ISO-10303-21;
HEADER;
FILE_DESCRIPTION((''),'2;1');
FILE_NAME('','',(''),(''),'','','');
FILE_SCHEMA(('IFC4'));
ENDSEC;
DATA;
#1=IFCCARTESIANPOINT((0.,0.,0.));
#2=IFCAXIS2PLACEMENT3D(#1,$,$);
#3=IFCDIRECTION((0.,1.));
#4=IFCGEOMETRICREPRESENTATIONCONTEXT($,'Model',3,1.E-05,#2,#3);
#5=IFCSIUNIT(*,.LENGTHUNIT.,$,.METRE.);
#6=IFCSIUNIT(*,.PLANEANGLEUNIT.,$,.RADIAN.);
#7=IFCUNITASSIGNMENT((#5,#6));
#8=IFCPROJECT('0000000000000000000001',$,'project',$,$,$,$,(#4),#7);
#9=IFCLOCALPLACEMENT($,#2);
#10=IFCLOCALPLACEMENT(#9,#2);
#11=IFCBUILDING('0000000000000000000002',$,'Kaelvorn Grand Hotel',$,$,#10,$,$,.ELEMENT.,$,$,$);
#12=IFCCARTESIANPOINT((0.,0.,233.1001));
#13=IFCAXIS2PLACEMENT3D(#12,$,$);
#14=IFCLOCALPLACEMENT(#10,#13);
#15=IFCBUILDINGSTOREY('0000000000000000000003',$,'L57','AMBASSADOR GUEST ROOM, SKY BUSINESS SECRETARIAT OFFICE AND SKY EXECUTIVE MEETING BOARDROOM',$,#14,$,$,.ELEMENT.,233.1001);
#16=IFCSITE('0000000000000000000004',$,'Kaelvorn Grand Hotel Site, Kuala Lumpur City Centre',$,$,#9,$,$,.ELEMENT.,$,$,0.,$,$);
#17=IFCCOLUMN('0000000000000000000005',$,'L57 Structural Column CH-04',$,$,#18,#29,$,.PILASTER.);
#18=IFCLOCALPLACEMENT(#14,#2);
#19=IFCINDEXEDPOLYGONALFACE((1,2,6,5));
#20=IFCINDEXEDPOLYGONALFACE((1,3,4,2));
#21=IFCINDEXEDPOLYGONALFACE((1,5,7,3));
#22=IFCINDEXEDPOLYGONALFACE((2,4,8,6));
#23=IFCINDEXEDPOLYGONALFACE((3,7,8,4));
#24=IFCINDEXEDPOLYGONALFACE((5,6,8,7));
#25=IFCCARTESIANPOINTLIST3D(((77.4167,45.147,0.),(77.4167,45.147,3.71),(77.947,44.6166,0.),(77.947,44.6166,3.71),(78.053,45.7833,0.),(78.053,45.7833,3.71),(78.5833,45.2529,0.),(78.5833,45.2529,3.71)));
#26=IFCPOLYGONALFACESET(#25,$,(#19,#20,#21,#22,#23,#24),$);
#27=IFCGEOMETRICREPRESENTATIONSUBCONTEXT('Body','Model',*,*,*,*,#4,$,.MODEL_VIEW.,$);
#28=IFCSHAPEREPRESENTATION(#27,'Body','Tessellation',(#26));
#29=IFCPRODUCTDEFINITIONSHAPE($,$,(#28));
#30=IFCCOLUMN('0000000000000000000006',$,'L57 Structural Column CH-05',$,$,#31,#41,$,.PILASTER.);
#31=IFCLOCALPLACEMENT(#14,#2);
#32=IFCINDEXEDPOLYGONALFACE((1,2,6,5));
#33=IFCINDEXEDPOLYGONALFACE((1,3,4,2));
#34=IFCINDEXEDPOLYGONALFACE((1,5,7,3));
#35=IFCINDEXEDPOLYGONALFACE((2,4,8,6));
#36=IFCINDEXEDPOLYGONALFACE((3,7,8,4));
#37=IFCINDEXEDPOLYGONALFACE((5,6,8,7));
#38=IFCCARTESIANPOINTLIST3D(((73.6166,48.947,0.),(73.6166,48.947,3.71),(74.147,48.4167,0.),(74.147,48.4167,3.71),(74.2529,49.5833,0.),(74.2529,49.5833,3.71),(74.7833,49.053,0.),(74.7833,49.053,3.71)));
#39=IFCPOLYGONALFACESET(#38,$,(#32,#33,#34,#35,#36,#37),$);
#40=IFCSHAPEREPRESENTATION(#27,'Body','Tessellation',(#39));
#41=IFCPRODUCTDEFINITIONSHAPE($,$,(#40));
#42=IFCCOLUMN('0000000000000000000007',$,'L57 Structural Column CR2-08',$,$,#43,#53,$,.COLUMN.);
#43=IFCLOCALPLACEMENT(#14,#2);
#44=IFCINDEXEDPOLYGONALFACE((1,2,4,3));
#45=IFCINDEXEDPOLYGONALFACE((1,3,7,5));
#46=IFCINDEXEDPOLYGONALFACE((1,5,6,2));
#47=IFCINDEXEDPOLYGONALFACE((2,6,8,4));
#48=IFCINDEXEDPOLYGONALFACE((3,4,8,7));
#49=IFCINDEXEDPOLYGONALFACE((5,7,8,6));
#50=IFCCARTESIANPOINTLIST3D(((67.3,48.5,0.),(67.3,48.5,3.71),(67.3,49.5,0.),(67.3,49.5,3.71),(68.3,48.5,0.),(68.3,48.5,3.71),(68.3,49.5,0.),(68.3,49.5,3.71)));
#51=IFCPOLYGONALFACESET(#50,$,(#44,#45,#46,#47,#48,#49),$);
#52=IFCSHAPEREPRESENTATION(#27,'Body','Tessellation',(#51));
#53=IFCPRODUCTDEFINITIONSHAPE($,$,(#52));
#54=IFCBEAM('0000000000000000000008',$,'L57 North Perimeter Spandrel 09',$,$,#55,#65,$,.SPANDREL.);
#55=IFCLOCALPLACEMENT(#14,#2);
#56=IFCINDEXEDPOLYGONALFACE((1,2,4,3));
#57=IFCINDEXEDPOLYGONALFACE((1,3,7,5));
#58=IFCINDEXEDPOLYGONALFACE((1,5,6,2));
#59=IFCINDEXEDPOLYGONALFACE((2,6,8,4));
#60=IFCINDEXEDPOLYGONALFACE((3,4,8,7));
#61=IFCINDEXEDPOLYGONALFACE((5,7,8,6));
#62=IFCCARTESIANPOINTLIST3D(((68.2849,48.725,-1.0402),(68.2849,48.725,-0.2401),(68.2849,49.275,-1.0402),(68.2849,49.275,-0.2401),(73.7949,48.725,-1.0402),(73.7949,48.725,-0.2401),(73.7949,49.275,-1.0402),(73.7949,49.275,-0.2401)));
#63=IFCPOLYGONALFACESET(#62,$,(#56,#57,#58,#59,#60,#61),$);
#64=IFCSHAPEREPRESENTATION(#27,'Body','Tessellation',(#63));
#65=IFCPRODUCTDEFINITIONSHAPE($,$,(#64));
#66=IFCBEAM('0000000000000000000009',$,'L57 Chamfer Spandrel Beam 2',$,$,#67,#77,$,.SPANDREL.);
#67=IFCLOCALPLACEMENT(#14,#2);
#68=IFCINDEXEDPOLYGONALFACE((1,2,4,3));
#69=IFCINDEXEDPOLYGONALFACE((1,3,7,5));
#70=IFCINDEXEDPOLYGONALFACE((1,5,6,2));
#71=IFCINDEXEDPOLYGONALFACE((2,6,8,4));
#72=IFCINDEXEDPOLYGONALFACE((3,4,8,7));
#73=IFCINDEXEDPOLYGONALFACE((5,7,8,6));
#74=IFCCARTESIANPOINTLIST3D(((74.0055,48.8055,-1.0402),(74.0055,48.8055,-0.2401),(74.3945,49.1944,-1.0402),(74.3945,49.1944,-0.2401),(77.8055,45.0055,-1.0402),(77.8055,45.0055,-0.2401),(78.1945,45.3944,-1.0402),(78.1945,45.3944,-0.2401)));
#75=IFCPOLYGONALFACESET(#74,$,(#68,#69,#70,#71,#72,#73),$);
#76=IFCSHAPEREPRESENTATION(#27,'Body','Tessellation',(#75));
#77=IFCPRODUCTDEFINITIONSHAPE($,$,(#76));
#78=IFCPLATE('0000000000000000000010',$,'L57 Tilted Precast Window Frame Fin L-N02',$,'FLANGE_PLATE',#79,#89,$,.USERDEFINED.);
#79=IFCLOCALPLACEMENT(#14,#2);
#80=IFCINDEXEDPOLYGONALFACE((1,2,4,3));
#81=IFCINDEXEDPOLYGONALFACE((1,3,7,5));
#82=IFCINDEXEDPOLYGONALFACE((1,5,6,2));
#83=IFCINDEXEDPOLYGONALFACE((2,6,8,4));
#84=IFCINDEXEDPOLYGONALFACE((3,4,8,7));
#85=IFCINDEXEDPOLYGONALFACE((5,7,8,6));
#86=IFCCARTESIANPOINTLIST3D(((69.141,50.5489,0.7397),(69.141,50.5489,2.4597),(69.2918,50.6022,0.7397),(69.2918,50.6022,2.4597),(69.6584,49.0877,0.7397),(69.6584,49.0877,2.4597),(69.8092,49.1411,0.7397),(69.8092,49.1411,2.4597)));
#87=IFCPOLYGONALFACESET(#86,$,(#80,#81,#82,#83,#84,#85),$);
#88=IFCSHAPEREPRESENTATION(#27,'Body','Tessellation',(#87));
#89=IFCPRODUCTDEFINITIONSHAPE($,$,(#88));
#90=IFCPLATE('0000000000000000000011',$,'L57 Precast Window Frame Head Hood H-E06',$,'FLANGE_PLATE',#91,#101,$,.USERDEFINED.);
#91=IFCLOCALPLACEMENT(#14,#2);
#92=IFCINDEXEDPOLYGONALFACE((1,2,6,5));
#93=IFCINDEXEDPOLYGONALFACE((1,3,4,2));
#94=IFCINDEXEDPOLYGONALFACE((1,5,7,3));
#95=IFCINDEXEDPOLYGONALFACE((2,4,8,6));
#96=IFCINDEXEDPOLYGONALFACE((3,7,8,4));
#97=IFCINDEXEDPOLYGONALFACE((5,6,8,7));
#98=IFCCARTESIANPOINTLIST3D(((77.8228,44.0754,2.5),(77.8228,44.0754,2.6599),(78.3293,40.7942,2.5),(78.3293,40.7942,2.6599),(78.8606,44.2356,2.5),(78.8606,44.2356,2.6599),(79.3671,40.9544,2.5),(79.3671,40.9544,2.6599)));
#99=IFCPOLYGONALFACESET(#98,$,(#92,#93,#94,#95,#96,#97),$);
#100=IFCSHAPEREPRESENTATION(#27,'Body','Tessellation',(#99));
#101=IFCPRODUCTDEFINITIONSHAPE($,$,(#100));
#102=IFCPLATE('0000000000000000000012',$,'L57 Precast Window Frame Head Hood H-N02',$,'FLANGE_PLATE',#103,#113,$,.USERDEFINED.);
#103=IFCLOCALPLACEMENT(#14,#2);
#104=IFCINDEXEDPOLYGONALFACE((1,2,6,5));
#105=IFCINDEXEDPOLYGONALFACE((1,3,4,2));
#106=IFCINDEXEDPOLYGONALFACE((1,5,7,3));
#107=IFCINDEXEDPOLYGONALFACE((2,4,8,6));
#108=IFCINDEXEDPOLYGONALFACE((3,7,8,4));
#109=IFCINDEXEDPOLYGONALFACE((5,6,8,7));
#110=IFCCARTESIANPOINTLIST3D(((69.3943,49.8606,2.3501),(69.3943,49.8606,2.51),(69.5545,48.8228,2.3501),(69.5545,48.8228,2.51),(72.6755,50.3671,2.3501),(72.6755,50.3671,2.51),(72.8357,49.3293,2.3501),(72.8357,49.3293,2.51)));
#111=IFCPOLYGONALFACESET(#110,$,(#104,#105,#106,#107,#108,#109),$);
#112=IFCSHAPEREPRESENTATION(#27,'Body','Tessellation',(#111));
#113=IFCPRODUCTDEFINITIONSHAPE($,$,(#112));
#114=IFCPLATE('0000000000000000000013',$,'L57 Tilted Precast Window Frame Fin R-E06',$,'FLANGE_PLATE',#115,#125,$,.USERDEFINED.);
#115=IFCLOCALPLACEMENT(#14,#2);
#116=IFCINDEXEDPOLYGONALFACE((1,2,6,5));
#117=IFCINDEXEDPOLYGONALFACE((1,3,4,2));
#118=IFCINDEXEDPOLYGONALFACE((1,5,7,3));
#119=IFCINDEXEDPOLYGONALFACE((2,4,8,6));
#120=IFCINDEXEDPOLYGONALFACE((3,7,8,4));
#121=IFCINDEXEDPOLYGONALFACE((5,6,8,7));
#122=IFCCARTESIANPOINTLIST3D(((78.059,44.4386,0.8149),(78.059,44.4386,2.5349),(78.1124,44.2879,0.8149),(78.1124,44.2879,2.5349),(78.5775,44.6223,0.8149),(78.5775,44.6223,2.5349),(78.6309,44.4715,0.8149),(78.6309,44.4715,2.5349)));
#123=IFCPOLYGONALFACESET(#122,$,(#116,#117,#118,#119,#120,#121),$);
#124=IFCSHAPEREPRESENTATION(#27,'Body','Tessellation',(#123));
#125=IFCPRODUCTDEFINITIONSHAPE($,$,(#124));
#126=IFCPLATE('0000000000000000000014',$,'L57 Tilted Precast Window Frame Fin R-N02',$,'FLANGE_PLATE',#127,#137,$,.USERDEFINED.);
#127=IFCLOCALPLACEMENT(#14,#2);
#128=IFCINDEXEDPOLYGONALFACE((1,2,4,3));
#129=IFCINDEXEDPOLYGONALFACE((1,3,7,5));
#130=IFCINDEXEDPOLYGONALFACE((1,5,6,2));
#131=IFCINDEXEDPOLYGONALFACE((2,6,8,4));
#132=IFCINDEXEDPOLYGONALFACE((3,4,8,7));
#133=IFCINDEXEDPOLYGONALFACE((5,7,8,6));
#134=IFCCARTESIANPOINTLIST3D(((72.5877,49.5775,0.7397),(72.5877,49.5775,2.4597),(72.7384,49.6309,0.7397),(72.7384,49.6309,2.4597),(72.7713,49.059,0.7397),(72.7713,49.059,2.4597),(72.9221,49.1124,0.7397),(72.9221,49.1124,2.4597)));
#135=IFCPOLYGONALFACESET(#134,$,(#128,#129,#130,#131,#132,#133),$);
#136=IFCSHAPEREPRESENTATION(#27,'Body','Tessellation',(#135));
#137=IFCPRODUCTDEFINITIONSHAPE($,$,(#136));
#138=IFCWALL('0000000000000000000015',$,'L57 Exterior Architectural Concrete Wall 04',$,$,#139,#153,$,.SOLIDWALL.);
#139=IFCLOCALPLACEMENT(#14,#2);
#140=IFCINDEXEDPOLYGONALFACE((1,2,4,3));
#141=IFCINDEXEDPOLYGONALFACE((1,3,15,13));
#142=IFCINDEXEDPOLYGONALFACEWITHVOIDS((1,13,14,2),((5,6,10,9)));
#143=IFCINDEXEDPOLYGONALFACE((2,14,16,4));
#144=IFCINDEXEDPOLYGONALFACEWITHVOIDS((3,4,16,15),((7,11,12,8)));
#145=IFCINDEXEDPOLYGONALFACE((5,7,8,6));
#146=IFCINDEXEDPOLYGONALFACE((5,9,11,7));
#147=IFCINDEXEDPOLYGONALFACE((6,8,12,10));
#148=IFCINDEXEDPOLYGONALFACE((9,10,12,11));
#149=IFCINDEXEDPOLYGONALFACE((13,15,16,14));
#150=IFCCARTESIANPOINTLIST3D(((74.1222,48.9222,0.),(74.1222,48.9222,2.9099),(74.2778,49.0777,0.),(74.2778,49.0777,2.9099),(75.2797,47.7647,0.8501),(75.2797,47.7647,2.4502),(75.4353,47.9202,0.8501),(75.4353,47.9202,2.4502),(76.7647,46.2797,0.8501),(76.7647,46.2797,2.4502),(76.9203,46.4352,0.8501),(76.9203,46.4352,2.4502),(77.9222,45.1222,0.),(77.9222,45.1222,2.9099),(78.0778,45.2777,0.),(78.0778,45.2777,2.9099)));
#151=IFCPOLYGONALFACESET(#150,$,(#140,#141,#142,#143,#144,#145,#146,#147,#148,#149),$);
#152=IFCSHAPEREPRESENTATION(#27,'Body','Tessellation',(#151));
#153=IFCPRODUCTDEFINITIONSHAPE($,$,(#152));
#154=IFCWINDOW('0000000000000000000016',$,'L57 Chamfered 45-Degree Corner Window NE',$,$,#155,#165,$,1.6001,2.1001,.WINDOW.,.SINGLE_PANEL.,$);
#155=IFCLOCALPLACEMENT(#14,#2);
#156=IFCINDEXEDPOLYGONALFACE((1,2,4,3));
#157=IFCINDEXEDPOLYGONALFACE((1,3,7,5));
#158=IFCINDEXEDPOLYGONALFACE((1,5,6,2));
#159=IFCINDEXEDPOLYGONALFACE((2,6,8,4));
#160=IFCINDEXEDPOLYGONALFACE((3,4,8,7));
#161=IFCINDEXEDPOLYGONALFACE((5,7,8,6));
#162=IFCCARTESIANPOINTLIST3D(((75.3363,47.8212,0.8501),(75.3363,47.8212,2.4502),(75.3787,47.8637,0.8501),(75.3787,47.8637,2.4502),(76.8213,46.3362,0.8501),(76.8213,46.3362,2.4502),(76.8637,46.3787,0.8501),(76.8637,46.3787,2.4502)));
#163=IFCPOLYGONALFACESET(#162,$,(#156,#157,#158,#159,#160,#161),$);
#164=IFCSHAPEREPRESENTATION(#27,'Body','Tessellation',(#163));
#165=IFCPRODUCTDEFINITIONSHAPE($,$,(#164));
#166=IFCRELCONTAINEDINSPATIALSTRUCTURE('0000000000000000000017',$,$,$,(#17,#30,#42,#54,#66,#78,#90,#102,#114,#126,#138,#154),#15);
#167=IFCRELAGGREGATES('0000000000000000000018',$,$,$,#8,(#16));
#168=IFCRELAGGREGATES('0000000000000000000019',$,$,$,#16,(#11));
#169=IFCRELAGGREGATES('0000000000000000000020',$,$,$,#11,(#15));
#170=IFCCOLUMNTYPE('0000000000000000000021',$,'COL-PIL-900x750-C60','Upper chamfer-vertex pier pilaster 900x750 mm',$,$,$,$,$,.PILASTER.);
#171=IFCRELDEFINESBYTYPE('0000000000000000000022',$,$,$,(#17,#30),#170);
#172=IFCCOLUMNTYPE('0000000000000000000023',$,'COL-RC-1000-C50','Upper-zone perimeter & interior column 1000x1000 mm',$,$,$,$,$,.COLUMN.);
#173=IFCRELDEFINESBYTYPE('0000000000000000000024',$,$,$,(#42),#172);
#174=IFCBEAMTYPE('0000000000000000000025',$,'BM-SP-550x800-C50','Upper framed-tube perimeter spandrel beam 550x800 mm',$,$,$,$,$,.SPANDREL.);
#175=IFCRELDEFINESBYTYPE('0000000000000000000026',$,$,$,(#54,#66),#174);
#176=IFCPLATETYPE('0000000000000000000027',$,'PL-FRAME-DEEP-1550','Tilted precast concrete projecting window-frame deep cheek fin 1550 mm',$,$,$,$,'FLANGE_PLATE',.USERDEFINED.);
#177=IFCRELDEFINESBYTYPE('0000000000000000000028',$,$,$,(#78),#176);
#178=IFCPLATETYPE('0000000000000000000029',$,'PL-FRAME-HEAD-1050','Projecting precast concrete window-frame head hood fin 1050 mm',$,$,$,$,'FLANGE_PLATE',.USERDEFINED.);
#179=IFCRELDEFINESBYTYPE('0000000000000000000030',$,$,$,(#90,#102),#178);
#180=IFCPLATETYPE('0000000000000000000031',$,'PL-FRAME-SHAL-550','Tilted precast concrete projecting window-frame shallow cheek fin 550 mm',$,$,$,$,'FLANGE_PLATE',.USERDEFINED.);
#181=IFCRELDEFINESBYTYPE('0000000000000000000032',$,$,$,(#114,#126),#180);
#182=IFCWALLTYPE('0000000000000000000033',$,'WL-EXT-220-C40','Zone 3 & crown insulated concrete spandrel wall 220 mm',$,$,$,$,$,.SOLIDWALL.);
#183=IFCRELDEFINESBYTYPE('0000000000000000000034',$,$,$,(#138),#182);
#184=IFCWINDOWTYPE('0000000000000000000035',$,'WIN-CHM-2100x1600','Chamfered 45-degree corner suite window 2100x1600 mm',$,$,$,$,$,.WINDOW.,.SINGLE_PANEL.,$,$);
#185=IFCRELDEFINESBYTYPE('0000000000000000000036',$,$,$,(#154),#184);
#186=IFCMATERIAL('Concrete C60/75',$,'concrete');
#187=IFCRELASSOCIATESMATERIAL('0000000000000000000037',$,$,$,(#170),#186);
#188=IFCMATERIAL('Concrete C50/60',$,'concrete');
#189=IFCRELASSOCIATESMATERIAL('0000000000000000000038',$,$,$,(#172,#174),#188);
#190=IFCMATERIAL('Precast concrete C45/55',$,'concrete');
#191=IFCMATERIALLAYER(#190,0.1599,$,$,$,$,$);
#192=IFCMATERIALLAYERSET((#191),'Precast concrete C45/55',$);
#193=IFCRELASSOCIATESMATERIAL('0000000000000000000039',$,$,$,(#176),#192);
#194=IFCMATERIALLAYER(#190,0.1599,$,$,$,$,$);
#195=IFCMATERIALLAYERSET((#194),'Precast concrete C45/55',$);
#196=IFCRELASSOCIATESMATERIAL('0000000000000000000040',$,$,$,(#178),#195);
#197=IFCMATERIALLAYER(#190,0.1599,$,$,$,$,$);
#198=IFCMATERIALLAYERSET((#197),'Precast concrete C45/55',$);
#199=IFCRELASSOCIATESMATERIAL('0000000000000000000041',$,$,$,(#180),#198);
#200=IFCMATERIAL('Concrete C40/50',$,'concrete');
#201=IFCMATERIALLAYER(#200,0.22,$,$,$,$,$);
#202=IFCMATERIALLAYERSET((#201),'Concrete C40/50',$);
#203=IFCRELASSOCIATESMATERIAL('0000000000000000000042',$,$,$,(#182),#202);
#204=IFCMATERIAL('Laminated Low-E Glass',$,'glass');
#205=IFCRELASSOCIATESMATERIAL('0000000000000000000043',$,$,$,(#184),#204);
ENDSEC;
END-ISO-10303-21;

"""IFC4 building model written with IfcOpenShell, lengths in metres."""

from ifc_helpers import new_model, si_unit, direction, frame, frame_2d, origin, origin_2d, place, context, subcontext, project, spatial, rectangle, extrude, material, layer, layer_set, material_profile, profile_set, type_object, element, fill, save


model = new_model("IFC4")

# Units and contexts
model_context = context("Model", 3, precision=1e-05, world=origin(), true_north=direction((0.0, 1.0)))
body_context = subcontext(model_context, "Body", "Model", "MODEL_VIEW")
ifc_project = project(units=[si_unit("LENGTHUNIT", "METRE"), si_unit("PLANEANGLEUNIT", "RADIAN")], contexts=[model_context])

# Site, building, storey
site_placement = place(None, origin())
site = spatial("IfcSite", under=ifc_project, at=site_placement, Name="Kaelvorn Grand Hotel Site, Kuala Lumpur City Centre", CompositionType="ELEMENT", RefElevation=0.0)
building_placement = place(site_placement, origin())
building = spatial("IfcBuilding", under=site, at=building_placement, Name="Kaelvorn Grand Hotel", CompositionType="ELEMENT")
storey_placement = place(building_placement, frame((0.0, 0.0, 233.1001)))
storey = spatial("IfcBuildingStorey", under=building, at=storey_placement, Name="L57", Description="AMBASSADOR GUEST ROOM, SKY BUSINESS SECRETARIAT OFFICE AND SKY EXECUTIVE MEETING BOARDROOM", CompositionType="ELEMENT", Elevation=233.1001)

# Columns
ifc_material_1 = material(Name="Concrete C60/75", Category="concrete")
ifc_material_profile_1 = material_profile(ifc_material_1, rectangle(XDim=0.8999, YDim=0.75, at=origin_2d()), Name="RC PILASTER 900x750")
ifc_profile_set_1 = profile_set([ifc_material_profile_1], Name="Concrete C60/75")
column_type_1 = type_object("IfcColumnType", Name="COL-PIL-900x750-C60", Description="Upper chamfer-vertex pier pilaster 900x750 mm", PredefinedType="PILASTER", material=ifc_profile_set_1)
for number, where, z_axis, x_axis, name in (
    (1, (78.0, 45.2, 0.0), (0.0, 0.0, 1.0), (0.707107, 0.707107, 0.0), "L57 Structural Column CH-04"),
    (2, (74.2, 49.0, 0.0), (0.0, 0.0, 1.0), (0.707107, 0.707107, 0.0), "L57 Structural Column CH-05"),
):
    element("IfcColumn", number, at=place(storey_placement, frame(where, z_axis=z_axis, x_axis=x_axis)), inside=storey, type_object=column_type_1, Name=name, PredefinedType="PILASTER", context=body_context, shape_type="SweptSolid", body=[
        extrude(rectangle(XDim=0.8999, YDim=0.75, at=origin_2d()), origin(), (0.0, 0.0, 1.0), 3.71),
    ])
ifc_material_2 = material(Name="Concrete C50/60", Category="concrete")
ifc_material_profile_2 = material_profile(ifc_material_2, rectangle(XDim=1.0, YDim=1.0, at=origin_2d()), Name="RC COL 1000x1000")
ifc_profile_set_2 = profile_set([ifc_material_profile_2], Name="Concrete C50/60")
column_type_2 = type_object("IfcColumnType", Name="COL-RC-1000-C50", Description="Upper-zone perimeter & interior column 1000x1000 mm", PredefinedType="COLUMN", material=ifc_profile_set_2)
column_placement = place(storey_placement, frame((67.8, 49.0, 0.0), z_axis=(0.0, 0.0, 1.0), x_axis=(1.0, 0.0, 0.0)))
element("IfcColumn", 3, at=column_placement, inside=storey, type_object=column_type_2, Name="L57 Structural Column CR2-08", PredefinedType="COLUMN", context=body_context, shape_type="SweptSolid", body=[
    extrude(rectangle(XDim=1.0, YDim=1.0, at=origin_2d()), origin(), (0.0, 0.0, 1.0), 3.71),
])

# Beams
ifc_material_profile_3 = material_profile(ifc_material_2, rectangle(XDim=0.55, YDim=0.8, at=origin_2d()), Name="RC SPANDREL 550x800")
ifc_profile_set_3 = profile_set([ifc_material_profile_3], Name="Concrete C50/60")
beam_type = type_object("IfcBeamType", Name="BM-SP-550x800-C50", Description="Upper framed-tube perimeter spandrel beam 550x800 mm", PredefinedType="SPANDREL", material=ifc_profile_set_3)
beam_1_placement = place(storey_placement, frame((68.2849, 49.0, -0.6401), z_axis=(1.0, 0.0, 0.0), x_axis=(0.0, 1.0, 0.0)))
element("IfcBeam", 4, at=beam_1_placement, inside=storey, type_object=beam_type, Name="L57 North Perimeter Spandrel 09", PredefinedType="SPANDREL", context=body_context, shape_type="SweptSolid", body=[
    extrude(rectangle(XDim=0.55, YDim=0.8, at=origin_2d()), origin(), (0.0, 0.0, 1.0), 5.51),
])
beam_2_placement = place(storey_placement, frame((78.0, 45.2, -0.6401), z_axis=(-0.707107, 0.707107, 0.0), x_axis=(-0.707107, -0.707107, 0.0)))
element("IfcBeam", 5, at=beam_2_placement, inside=storey, type_object=beam_type, Name="L57 Chamfer Spandrel Beam 2", PredefinedType="SPANDREL", context=body_context, shape_type="SweptSolid", body=[
    extrude(rectangle(XDim=0.55, YDim=0.8, at=origin_2d()), origin(), (0.0, 0.0, 1.0), 5.374),
])

# Plates
ifc_material_3 = material(Name="Precast concrete C45/55", Category="concrete")
ifc_layer_1 = layer(ifc_material_3, 0.1599)
ifc_layer_set_1 = layer_set([ifc_layer_1], Name="Precast concrete C45/55")
plate_type_1 = type_object("IfcPlateType", Name="PL-FRAME-DEEP-1550", Description="Tilted precast concrete projecting window-frame deep cheek fin 1550 mm", ElementType="FLANGE_PLATE", PredefinedType="USERDEFINED", material=ifc_layer_set_1)
plate_placement = place(storey_placement, frame((69.4751, 49.845, 0.7397), z_axis=(0.0, 0.0, 1.0), x_axis=(0.942641, 0.333807, 0.0)))
element("IfcPlate", 6, at=plate_placement, inside=storey, type_object=plate_type_1, Name="L57 Tilted Precast Window Frame Fin L-N02", ObjectType="FLANGE_PLATE", PredefinedType="USERDEFINED", context=body_context, shape_type="SweptSolid", body=[
    extrude(rectangle(XDim=0.1599, YDim=1.55, at=origin_2d()), origin(), (0.0, 0.0, 1.0), 1.72),
])
ifc_layer_2 = layer(ifc_material_3, 0.1599)
ifc_layer_set_2 = layer_set([ifc_layer_2], Name="Precast concrete C45/55")
plate_type_2 = type_object("IfcPlateType", Name="PL-FRAME-HEAD-1050", Description="Projecting precast concrete window-frame head hood fin 1050 mm", ElementType="FLANGE_PLATE", PredefinedType="USERDEFINED", material=ifc_layer_set_2)
for number, where, z_axis, x_axis, name in (
    (7, (78.595, 42.5149, 2.5), (0.0, 0.0, 1.0), (-0.152555, 0.988295, 0.0), "L57 Precast Window Frame Head Hood H-E06"),
    (8, (71.115, 49.595, 2.3501), (0.0, 0.0, 1.0), (0.988295, 0.152555, 0.0), "L57 Precast Window Frame Head Hood H-N02"),
):
    element("IfcPlate", number, at=place(storey_placement, frame(where, z_axis=z_axis, x_axis=x_axis)), inside=storey, type_object=plate_type_2, Name=name, ObjectType="FLANGE_PLATE", PredefinedType="USERDEFINED", context=body_context, shape_type="SweptSolid", body=[
        extrude(rectangle(XDim=3.3201, YDim=1.05, at=origin_2d()), origin(), (0.0, 0.0, 1.0), 0.1599),
    ])
ifc_layer_3 = layer(ifc_material_3, 0.1599)
ifc_layer_set_3 = layer_set([ifc_layer_3], Name="Precast concrete C45/55")
plate_type_3 = type_object("IfcPlateType", Name="PL-FRAME-SHAL-550", Description="Tilted precast concrete projecting window-frame shallow cheek fin 550 mm", ElementType="FLANGE_PLATE", PredefinedType="USERDEFINED", material=ifc_layer_set_3)
for number, where, z_axis, x_axis, name in (
    (9, (78.345, 44.4551, 0.8149), (0.0, 0.0, 1.0), (-0.333807, 0.942641, 0.0), "L57 Tilted Precast Window Frame Fin R-E06"),
    (10, (72.7549, 49.345, 0.7397), (0.0, 0.0, 1.0), (0.942641, 0.333807, 0.0), "L57 Tilted Precast Window Frame Fin R-N02"),
):
    element("IfcPlate", number, at=place(storey_placement, frame(where, z_axis=z_axis, x_axis=x_axis)), inside=storey, type_object=plate_type_3, Name=name, ObjectType="FLANGE_PLATE", PredefinedType="USERDEFINED", context=body_context, shape_type="SweptSolid", body=[
        extrude(rectangle(XDim=0.1599, YDim=0.55, at=origin_2d()), origin(), (0.0, 0.0, 1.0), 1.72),
    ])

# Wall, opening, window
ifc_material_4 = material(Name="Concrete C40/50", Category="concrete")
ifc_layer_4 = layer(ifc_material_4, 0.22)
ifc_layer_set_4 = layer_set([ifc_layer_4], Name="Concrete C40/50")
wall_type = type_object("IfcWallType", Name="WL-EXT-220-C40", Description="Zone 3 & crown insulated concrete spandrel wall 220 mm", PredefinedType="SOLIDWALL", material=ifc_layer_set_4)
wall_1_placement = place(storey_placement, frame((78.0, 45.2, 0.0), z_axis=(0.0, 0.0, 1.0), x_axis=(-0.707107, 0.707107, 0.0)))
wall_1 = element("IfcWall", 11, at=wall_1_placement, inside=storey, type_object=wall_type, Name="L57 Exterior Architectural Concrete Wall 04", PredefinedType="SOLIDWALL", context=body_context, shape_type="SweptSolid", body=[
    extrude(rectangle(XDim=5.374, YDim=0.22, at=frame_2d((2.687, 0.0))), origin(), (0.0, 0.0, 1.0), 2.9099),
])
opening_1_placement = place(wall_1_placement, frame((1.637, 0.0, 0.8501)))
opening_1 = element("IfcOpeningElement", 12, at=opening_1_placement, cuts=wall_1, PredefinedType="OPENING", context=body_context, shape_type="SweptSolid", body=[
    extrude(rectangle(XDim=2.1001, YDim=1.6001, at=frame_2d((1.05, 0.8))), frame((0.0, 0.1201, 0.0), z_axis=(0.0, -1.0, 0.0), x_axis=(1.0, 0.0, 0.0)), (0.0, 0.0, 1.0), 0.24),
])
ifc_material_5 = material(Name="Laminated Low-E Glass", Category="glass")
window_type_1 = type_object("IfcWindowType", Name="WIN-CHM-2100x1600", Description="Chamfered 45-degree corner suite window 2100x1600 mm", PartitioningType="SINGLE_PANEL", PredefinedType="WINDOW", material=ifc_material_5)
window_1_placement = place(opening_1_placement, origin())
window_1 = element("IfcWindow", 13, at=window_1_placement, inside=storey, type_object=window_type_1, Name="L57 Chamfered 45-Degree Corner Window NE", OverallHeight=1.6001, OverallWidth=2.1001, PartitioningType="SINGLE_PANEL", PredefinedType="WINDOW", context=body_context, shape_type="SweptSolid", body=[
    extrude(rectangle(XDim=2.1001, YDim=1.6001, at=frame_2d((1.05, 0.8))), frame((0.0, 0.03, 0.0), z_axis=(0.0, -1.0, 0.0), x_axis=(1.0, 0.0, 0.0)), (0.0, 0.0, 1.0), 0.0601),
])
fill(opening_1, window_1)

save(model, "model.ifc")
